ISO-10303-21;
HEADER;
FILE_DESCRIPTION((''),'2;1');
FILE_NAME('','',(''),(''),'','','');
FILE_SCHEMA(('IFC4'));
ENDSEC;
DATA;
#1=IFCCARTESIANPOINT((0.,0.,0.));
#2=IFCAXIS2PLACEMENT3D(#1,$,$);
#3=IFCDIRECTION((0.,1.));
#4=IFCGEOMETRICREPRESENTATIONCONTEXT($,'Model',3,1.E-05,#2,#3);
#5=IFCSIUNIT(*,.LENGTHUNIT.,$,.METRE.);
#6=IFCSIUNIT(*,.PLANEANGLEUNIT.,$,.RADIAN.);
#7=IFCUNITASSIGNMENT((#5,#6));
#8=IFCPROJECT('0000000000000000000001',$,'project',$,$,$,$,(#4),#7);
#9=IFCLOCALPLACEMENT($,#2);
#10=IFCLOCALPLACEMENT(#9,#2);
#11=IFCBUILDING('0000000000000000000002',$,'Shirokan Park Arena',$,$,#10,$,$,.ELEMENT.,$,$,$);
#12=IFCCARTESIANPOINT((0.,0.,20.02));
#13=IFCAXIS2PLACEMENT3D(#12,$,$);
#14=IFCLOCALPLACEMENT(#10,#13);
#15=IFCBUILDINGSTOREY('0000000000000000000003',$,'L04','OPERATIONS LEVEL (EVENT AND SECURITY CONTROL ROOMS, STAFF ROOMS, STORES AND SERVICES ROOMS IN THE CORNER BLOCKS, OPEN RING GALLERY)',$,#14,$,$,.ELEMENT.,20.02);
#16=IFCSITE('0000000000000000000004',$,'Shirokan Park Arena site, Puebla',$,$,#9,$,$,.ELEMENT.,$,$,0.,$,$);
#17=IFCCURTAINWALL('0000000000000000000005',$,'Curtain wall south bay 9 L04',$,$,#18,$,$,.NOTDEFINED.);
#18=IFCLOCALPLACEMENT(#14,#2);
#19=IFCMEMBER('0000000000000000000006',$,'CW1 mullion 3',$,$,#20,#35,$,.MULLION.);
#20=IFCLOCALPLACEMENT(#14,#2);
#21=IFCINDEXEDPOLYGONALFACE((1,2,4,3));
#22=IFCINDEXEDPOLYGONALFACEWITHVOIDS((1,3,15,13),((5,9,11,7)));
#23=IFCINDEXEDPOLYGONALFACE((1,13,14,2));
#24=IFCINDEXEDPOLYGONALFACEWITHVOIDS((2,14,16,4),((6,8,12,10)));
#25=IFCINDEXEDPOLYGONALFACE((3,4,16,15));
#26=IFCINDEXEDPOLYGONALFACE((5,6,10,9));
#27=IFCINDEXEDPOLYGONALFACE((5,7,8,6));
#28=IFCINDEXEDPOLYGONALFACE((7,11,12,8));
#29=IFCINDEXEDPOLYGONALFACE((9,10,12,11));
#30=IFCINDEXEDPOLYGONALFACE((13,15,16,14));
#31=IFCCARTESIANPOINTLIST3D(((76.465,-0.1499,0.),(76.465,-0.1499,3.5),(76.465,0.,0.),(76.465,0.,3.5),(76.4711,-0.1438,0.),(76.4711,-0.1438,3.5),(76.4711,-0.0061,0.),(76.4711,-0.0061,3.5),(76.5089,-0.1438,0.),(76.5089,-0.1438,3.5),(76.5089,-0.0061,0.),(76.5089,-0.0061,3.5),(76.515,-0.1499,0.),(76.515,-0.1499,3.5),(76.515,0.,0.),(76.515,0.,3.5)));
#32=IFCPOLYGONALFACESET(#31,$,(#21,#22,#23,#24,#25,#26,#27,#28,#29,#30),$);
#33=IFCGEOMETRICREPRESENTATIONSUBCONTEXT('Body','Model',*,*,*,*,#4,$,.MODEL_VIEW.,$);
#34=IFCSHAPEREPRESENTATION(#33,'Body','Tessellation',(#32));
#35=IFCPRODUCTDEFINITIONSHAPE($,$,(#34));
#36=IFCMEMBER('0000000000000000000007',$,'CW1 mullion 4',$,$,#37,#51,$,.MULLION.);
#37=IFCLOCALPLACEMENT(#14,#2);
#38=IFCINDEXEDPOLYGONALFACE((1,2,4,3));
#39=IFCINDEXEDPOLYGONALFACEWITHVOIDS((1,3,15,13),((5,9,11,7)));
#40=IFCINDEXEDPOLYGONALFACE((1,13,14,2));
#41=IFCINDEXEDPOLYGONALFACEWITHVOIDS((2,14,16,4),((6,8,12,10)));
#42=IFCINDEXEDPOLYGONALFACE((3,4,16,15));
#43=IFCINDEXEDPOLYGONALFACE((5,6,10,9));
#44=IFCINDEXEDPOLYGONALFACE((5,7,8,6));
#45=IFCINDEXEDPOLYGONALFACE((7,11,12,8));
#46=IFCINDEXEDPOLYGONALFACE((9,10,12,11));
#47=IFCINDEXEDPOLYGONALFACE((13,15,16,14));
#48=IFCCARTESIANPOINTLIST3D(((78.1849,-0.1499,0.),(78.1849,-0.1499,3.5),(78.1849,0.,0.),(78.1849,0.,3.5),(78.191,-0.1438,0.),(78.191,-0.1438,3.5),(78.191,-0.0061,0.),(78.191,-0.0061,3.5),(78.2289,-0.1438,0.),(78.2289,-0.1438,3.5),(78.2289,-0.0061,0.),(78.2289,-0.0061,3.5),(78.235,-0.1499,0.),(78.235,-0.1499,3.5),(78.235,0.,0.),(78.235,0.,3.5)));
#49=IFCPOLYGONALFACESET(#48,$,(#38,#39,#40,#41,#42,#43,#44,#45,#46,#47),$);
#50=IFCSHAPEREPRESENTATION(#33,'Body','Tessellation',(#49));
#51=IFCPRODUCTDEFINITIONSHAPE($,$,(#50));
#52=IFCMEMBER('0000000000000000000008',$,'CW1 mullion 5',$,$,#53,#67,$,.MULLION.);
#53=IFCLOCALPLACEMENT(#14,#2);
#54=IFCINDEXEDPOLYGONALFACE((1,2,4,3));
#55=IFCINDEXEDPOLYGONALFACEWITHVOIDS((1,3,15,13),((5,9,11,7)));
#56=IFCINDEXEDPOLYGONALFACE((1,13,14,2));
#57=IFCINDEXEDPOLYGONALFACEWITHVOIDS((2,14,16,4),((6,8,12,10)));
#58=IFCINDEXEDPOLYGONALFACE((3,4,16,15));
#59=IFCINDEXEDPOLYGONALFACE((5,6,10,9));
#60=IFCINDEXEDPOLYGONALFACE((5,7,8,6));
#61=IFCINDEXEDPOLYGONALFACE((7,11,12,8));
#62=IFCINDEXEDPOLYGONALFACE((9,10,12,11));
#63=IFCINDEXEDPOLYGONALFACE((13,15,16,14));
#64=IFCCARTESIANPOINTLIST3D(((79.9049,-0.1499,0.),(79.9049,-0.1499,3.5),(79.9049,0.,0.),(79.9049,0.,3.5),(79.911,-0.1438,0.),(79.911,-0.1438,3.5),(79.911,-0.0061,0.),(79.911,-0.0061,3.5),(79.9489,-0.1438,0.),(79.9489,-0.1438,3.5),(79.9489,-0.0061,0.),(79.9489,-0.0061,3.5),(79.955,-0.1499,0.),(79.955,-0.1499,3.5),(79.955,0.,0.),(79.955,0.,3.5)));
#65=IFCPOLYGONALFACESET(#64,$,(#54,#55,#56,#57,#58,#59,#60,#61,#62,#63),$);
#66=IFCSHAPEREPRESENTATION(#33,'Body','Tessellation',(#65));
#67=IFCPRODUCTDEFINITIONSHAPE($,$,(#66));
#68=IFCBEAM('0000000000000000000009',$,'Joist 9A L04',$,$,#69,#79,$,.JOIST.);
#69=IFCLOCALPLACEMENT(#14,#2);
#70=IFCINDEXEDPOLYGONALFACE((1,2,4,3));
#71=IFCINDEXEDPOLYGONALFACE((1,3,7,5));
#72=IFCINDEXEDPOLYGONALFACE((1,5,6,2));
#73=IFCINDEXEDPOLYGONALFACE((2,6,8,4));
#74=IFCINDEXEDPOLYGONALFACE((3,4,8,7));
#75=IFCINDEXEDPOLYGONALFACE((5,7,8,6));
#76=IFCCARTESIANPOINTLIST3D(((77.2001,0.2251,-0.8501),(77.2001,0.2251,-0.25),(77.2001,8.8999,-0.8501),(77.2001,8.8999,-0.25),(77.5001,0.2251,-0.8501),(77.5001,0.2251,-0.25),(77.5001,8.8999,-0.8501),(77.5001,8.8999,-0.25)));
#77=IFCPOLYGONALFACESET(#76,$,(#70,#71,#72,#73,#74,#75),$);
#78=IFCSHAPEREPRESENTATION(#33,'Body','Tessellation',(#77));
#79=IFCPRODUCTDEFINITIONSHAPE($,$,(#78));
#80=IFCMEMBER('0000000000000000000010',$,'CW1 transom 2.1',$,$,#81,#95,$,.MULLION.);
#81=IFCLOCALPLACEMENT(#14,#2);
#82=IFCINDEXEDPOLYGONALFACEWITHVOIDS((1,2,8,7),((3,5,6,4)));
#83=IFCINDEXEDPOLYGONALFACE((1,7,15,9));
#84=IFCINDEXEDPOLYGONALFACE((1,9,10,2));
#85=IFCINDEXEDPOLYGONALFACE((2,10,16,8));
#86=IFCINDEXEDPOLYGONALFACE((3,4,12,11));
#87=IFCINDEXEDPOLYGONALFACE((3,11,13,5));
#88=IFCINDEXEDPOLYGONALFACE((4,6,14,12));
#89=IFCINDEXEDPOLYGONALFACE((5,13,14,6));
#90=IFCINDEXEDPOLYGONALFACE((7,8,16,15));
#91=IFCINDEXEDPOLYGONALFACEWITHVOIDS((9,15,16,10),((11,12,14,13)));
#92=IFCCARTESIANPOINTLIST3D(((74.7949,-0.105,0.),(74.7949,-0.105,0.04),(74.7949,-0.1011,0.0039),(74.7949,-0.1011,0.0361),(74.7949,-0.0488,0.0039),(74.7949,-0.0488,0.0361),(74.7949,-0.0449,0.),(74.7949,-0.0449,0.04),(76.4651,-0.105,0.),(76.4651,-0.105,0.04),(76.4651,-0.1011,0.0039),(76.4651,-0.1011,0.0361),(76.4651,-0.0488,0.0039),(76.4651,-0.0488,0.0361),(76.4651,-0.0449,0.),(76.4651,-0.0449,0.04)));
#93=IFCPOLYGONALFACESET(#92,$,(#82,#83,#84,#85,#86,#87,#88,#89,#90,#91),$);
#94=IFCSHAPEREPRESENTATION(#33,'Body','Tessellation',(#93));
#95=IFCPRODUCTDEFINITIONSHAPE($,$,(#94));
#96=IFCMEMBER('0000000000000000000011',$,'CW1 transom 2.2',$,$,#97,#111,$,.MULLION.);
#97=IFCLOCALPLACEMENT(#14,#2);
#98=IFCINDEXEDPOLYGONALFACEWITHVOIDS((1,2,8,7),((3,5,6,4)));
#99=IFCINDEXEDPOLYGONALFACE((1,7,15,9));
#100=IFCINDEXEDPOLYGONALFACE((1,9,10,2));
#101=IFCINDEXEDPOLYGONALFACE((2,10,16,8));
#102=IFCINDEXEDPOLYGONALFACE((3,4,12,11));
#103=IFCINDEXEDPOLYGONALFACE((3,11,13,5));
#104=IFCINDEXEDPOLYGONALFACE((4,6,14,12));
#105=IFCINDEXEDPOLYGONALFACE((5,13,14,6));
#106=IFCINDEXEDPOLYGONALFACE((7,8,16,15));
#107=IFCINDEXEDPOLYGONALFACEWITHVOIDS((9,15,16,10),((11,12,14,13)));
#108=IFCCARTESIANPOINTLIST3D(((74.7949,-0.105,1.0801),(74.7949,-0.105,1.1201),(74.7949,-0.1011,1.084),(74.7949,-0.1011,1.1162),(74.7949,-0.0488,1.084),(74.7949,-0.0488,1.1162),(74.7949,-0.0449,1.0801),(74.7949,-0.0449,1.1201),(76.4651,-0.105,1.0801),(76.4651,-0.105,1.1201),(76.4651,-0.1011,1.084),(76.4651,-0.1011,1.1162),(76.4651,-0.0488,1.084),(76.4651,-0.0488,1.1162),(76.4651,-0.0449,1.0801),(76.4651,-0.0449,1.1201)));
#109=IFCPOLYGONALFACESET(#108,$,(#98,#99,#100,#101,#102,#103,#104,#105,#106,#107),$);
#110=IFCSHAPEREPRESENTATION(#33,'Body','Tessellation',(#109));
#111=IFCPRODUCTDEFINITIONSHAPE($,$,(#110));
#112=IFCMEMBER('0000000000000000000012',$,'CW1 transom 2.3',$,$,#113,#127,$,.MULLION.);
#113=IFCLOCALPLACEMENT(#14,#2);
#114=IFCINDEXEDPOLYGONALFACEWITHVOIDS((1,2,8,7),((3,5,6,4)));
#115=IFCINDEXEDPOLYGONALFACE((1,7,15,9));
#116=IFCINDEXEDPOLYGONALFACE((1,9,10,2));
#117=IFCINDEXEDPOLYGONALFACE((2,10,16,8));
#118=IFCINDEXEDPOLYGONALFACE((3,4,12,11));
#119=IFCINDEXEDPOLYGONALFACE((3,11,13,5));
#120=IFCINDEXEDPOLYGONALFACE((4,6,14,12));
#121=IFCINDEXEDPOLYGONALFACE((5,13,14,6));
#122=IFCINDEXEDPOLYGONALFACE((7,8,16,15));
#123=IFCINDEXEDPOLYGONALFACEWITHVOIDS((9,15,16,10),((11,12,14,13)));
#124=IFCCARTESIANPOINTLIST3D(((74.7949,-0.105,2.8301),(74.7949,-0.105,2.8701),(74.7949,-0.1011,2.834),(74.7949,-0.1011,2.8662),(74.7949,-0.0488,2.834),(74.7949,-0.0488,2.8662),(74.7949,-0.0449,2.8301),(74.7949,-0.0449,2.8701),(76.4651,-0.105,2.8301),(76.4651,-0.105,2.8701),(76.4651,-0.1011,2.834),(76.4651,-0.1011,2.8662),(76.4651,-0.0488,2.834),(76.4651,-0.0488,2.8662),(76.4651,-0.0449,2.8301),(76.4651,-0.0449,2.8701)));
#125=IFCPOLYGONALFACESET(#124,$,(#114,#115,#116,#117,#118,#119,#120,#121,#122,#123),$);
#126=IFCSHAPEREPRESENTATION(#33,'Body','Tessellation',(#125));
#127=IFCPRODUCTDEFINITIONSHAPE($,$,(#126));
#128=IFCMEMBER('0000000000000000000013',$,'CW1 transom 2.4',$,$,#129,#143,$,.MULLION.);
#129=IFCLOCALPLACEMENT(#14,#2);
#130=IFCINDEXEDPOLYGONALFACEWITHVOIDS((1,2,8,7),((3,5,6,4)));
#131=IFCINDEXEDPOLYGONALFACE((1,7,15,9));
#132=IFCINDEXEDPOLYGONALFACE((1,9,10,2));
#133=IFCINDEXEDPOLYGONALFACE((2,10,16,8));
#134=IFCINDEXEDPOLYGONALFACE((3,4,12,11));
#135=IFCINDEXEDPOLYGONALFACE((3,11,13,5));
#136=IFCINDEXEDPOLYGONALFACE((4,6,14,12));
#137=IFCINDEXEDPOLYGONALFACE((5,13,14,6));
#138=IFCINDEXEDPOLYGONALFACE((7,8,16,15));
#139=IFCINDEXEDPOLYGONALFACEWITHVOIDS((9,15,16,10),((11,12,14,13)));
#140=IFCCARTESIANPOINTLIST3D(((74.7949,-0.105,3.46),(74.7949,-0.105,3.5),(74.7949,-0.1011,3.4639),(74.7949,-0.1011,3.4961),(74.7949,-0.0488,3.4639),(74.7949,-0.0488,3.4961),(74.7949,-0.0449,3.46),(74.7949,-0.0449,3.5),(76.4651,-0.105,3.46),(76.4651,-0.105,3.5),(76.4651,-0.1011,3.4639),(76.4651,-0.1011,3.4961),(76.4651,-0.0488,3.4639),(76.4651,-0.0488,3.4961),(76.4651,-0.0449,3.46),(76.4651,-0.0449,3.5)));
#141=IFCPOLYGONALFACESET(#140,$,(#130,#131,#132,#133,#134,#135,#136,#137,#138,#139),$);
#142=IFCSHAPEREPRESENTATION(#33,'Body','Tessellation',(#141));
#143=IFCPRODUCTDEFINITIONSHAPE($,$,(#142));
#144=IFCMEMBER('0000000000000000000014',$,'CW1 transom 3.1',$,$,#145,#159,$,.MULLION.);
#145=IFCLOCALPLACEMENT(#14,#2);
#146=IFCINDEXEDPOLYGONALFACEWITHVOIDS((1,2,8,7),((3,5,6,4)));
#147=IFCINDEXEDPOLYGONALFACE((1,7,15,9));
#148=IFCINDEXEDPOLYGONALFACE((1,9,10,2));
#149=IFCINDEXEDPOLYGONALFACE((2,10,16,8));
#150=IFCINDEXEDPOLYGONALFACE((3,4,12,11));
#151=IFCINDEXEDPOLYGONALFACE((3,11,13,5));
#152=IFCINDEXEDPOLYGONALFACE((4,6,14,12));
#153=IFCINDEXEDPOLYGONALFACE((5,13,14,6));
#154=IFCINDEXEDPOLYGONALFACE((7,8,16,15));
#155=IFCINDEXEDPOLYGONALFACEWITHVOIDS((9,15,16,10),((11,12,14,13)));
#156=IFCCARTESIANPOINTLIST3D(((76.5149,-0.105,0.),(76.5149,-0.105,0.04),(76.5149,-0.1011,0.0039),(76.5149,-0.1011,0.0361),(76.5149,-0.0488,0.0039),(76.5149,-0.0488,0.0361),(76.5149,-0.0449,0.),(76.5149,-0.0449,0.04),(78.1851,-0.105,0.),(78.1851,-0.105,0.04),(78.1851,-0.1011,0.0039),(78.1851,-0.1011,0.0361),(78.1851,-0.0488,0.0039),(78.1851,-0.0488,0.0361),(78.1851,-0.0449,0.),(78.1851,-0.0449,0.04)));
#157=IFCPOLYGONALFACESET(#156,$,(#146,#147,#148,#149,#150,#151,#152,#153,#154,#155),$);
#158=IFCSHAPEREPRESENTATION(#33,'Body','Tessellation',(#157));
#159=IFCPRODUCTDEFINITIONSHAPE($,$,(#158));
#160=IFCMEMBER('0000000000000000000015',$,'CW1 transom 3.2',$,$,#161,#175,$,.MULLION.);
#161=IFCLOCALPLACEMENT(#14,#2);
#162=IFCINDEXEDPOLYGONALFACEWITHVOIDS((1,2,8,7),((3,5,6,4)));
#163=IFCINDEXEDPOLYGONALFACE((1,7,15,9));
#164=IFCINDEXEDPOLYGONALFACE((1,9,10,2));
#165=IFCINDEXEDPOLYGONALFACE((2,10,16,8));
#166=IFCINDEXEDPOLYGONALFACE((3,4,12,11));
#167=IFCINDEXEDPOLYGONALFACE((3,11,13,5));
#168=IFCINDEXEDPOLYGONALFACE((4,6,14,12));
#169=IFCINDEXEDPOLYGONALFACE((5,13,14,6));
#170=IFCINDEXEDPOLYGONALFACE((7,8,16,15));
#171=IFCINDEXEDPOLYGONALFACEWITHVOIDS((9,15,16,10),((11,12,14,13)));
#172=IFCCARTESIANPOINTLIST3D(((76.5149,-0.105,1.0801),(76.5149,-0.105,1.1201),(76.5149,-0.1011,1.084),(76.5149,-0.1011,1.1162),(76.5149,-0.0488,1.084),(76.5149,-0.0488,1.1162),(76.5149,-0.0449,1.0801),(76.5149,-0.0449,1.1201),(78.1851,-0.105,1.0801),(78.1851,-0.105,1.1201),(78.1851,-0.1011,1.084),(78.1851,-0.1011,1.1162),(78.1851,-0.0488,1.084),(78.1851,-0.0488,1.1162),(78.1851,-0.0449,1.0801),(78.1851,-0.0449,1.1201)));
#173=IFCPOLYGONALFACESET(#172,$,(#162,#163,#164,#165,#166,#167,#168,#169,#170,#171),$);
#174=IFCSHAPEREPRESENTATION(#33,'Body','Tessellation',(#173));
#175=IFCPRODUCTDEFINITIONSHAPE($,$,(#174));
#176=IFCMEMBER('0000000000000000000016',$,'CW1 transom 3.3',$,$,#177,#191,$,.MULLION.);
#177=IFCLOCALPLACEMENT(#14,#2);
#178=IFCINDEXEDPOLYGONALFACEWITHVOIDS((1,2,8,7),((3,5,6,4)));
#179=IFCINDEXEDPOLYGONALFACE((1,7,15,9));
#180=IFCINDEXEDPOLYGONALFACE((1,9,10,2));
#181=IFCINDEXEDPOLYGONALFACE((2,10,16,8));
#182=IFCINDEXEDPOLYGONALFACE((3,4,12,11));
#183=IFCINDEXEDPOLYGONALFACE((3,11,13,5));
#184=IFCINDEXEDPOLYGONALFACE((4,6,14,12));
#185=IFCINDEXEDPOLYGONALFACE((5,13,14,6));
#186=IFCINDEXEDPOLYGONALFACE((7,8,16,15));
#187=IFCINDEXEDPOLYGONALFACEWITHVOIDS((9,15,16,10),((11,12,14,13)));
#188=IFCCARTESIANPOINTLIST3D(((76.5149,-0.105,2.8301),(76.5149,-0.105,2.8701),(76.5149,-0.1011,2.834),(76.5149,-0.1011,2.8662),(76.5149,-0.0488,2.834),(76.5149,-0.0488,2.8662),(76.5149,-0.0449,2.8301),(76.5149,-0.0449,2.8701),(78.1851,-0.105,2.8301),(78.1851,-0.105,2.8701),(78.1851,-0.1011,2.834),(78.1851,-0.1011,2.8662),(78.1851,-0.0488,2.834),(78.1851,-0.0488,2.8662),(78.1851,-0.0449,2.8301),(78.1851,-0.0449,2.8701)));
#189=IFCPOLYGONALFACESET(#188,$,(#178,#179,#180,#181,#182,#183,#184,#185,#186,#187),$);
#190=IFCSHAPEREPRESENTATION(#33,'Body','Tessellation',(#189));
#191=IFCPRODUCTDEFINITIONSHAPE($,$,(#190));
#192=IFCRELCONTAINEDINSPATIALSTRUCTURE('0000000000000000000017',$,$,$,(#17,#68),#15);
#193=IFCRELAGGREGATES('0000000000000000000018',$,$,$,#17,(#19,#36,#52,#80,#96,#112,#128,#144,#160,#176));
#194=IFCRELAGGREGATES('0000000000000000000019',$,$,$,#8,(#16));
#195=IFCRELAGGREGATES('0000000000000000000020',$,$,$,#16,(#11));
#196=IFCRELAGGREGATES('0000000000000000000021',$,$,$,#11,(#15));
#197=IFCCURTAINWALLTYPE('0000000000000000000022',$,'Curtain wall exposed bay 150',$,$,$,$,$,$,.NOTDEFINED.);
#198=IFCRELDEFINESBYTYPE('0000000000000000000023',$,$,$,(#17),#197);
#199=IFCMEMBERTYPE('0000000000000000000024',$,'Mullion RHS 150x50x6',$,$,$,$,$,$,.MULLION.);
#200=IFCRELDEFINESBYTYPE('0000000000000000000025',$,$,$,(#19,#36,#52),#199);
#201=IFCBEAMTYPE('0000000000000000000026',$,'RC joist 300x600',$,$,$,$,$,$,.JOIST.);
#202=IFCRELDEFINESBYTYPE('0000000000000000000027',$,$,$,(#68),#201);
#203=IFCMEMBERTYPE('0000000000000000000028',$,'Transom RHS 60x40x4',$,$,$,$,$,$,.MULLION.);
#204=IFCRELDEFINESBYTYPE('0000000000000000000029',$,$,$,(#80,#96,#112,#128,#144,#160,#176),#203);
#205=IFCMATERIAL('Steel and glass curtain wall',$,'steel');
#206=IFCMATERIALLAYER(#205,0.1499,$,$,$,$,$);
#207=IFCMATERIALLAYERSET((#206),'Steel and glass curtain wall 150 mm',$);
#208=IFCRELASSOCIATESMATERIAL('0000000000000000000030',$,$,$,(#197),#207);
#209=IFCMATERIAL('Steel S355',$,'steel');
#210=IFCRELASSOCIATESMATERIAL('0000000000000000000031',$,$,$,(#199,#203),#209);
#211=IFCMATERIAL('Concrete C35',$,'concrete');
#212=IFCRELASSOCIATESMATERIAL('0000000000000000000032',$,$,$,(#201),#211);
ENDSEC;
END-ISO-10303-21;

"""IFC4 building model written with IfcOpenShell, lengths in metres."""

from ifc_helpers import new_model, si_unit, direction, frame, origin, origin_2d, place, context, subcontext, project, spatial, rectangle, hollow_rectangle, extrude, material, layer, layer_set, material_profile, profile_set, type_object, element, aggregate, save


model = new_model("IFC4")

# Units and contexts
model_context = context("Model", 3, precision=1e-05, world=origin(), true_north=direction((0.0, 1.0)))
body_context = subcontext(model_context, "Body", "Model", "MODEL_VIEW")
ifc_project = project(units=[si_unit("LENGTHUNIT", "METRE"), si_unit("PLANEANGLEUNIT", "RADIAN")], contexts=[model_context])

# Site, building, storey
site_placement = place(None, origin())
site = spatial("IfcSite", under=ifc_project, at=site_placement, Name="Shirokan Park Arena site, Puebla", CompositionType="ELEMENT", RefElevation=0.0)
building_placement = place(site_placement, origin())
building = spatial("IfcBuilding", under=site, at=building_placement, Name="Shirokan Park Arena", CompositionType="ELEMENT")
storey_placement = place(building_placement, frame((0.0, 0.0, 20.02)))
storey = spatial("IfcBuildingStorey", under=building, at=storey_placement, Name="L04", Description="OPERATIONS LEVEL (EVENT AND SECURITY CONTROL ROOMS, STAFF ROOMS, STORES AND SERVICES ROOMS IN THE CORNER BLOCKS, OPEN RING GALLERY)", CompositionType="ELEMENT", Elevation=20.02)

# Curtain wall, members
ifc_material_1 = material(Name="Steel and glass curtain wall", Category="steel")
ifc_layer_1 = layer(ifc_material_1, 0.1499)
ifc_layer_set_1 = layer_set([ifc_layer_1], Name="Steel and glass curtain wall 150 mm")
curtain_wall_type = type_object("IfcCurtainWallType", Name="Curtain wall exposed bay 150", PredefinedType="NOTDEFINED", material=ifc_layer_set_1)
curtain_wall_placement = place(storey_placement, origin())
curtain_wall = element("IfcCurtainWall", 1, at=curtain_wall_placement, inside=storey, type_object=curtain_wall_type, Name="Curtain wall south bay 9 L04", PredefinedType="NOTDEFINED")
ifc_material_2 = material(Name="Steel S355", Category="steel")
ifc_material_profile_1 = material_profile(ifc_material_2, hollow_rectangle(XDim=0.1499, YDim=0.05, WallThickness=0.0061, at=origin_2d()), Name="RHS 150x50x6")
ifc_profile_set_1 = profile_set([ifc_material_profile_1], Name="Steel S355")
member_type_1 = type_object("IfcMemberType", Name="Mullion RHS 150x50x6", PredefinedType="MULLION", material=ifc_profile_set_1)
member_1_placement = place(storey_placement, frame((76.49, -0.075, 0.0), z_axis=(0.0, 0.0, 1.0), x_axis=(0.0, 1.0, 0.0)))
member_1 = element("IfcMember", 2, at=member_1_placement, type_object=member_type_1, Name="CW1 mullion 3", PredefinedType="MULLION", context=body_context, shape_type="SweptSolid", body=[
    extrude(hollow_rectangle(XDim=0.1499, YDim=0.05, WallThickness=0.0061, at=origin_2d()), origin(), (0.0, 0.0, 1.0), 3.5),
])
member_2_placement = place(storey_placement, frame((78.21, -0.075, 0.0), z_axis=(0.0, 0.0, 1.0), x_axis=(0.0, 1.0, 0.0)))
member_2 = element("IfcMember", 3, at=member_2_placement, type_object=member_type_1, Name="CW1 mullion 4", PredefinedType="MULLION", context=body_context, shape_type="SweptSolid", body=[
    extrude(hollow_rectangle(XDim=0.1499, YDim=0.05, WallThickness=0.0061, at=origin_2d()), origin(), (0.0, 0.0, 1.0), 3.5),
])
member_3_placement = place(storey_placement, frame((79.9299, -0.075, 0.0), z_axis=(0.0, 0.0, 1.0), x_axis=(0.0, 1.0, 0.0)))
member_3 = element("IfcMember", 4, at=member_3_placement, type_object=member_type_1, Name="CW1 mullion 5", PredefinedType="MULLION", context=body_context, shape_type="SweptSolid", body=[
    extrude(hollow_rectangle(XDim=0.1499, YDim=0.05, WallThickness=0.0061, at=origin_2d()), origin(), (0.0, 0.0, 1.0), 3.5),
])

# Beam
ifc_material_3 = material(Name="Concrete C35", Category="concrete")
ifc_material_profile_2 = material_profile(ifc_material_3, rectangle(XDim=0.3, YDim=0.6001, at=origin_2d()), Name="300x600")
ifc_profile_set_2 = profile_set([ifc_material_profile_2], Name="Concrete C35")
beam_type = type_object("IfcBeamType", Name="RC joist 300x600", PredefinedType="JOIST", material=ifc_profile_set_2)
beam_placement = place(storey_placement, frame((77.3501, 0.2251, -0.55), z_axis=(0.0, 1.0, 0.0), x_axis=(-1.0, 0.0, 0.0)))
element("IfcBeam", 5, at=beam_placement, inside=storey, type_object=beam_type, Name="Joist 9A L04", PredefinedType="JOIST", context=body_context, shape_type="SweptSolid", body=[
    extrude(rectangle(XDim=0.3, YDim=0.6001, at=origin_2d()), origin(), (0.0, 0.0, 1.0), 8.6748),
])

# Members
ifc_material_profile_3 = material_profile(ifc_material_2, hollow_rectangle(XDim=0.0601, YDim=0.04, WallThickness=0.0039, at=origin_2d()), Name="RHS 60x40x4")
ifc_profile_set_3 = profile_set([ifc_material_profile_3], Name="Steel S355")
member_type_2 = type_object("IfcMemberType", Name="Transom RHS 60x40x4", PredefinedType="MULLION", material=ifc_profile_set_3)
member_4_placement = place(storey_placement, frame((74.7949, -0.075, 0.02), z_axis=(1.0, 0.0, 0.0), x_axis=(0.0, 1.0, 0.0)))
member_4 = element("IfcMember", 6, at=member_4_placement, type_object=member_type_2, Name="CW1 transom 2.1", PredefinedType="MULLION", context=body_context, shape_type="SweptSolid", body=[
    extrude(hollow_rectangle(XDim=0.0601, YDim=0.04, WallThickness=0.0039, at=origin_2d()), origin(), (0.0, 0.0, 1.0), 1.6702),
])
member_5_placement = place(storey_placement, frame((74.7949, -0.075, 1.1001), z_axis=(1.0, 0.0, 0.0), x_axis=(0.0, 1.0, 0.0)))
member_5 = element("IfcMember", 7, at=member_5_placement, type_object=member_type_2, Name="CW1 transom 2.2", PredefinedType="MULLION", context=body_context, shape_type="SweptSolid", body=[
    extrude(hollow_rectangle(XDim=0.0601, YDim=0.04, WallThickness=0.0039, at=origin_2d()), origin(), (0.0, 0.0, 1.0), 1.6702),
])
member_6_placement = place(storey_placement, frame((74.7949, -0.075, 2.8501), z_axis=(1.0, 0.0, 0.0), x_axis=(0.0, 1.0, 0.0)))
member_6 = element("IfcMember", 8, at=member_6_placement, type_object=member_type_2, Name="CW1 transom 2.3", PredefinedType="MULLION", context=body_context, shape_type="SweptSolid", body=[
    extrude(hollow_rectangle(XDim=0.0601, YDim=0.04, WallThickness=0.0039, at=origin_2d()), origin(), (0.0, 0.0, 1.0), 1.6702),
])
member_7_placement = place(storey_placement, frame((74.7949, -0.075, 3.48), z_axis=(1.0, 0.0, 0.0), x_axis=(0.0, 1.0, 0.0)))
member_7 = element("IfcMember", 9, at=member_7_placement, type_object=member_type_2, Name="CW1 transom 2.4", PredefinedType="MULLION", context=body_context, shape_type="SweptSolid", body=[
    extrude(hollow_rectangle(XDim=0.0601, YDim=0.04, WallThickness=0.0039, at=origin_2d()), origin(), (0.0, 0.0, 1.0), 1.6702),
])
member_8_placement = place(storey_placement, frame((76.5149, -0.075, 0.02), z_axis=(1.0, 0.0, 0.0), x_axis=(0.0, 1.0, 0.0)))
member_8 = element("IfcMember", 10, at=member_8_placement, type_object=member_type_2, Name="CW1 transom 3.1", PredefinedType="MULLION", context=body_context, shape_type="SweptSolid", body=[
    extrude(hollow_rectangle(XDim=0.0601, YDim=0.04, WallThickness=0.0039, at=origin_2d()), origin(), (0.0, 0.0, 1.0), 1.6702),
])
member_9_placement = place(storey_placement, frame((76.5149, -0.075, 1.1001), z_axis=(1.0, 0.0, 0.0), x_axis=(0.0, 1.0, 0.0)))
member_9 = element("IfcMember", 11, at=member_9_placement, type_object=member_type_2, Name="CW1 transom 3.2", PredefinedType="MULLION", context=body_context, shape_type="SweptSolid", body=[
    extrude(hollow_rectangle(XDim=0.0601, YDim=0.04, WallThickness=0.0039, at=origin_2d()), origin(), (0.0, 0.0, 1.0), 1.6702),
])
member_10_placement = place(storey_placement, frame((76.5149, -0.075, 2.8501), z_axis=(1.0, 0.0, 0.0), x_axis=(0.0, 1.0, 0.0)))
member_10 = element("IfcMember", 12, at=member_10_placement, type_object=member_type_2, Name="CW1 transom 3.3", PredefinedType="MULLION", context=body_context, shape_type="SweptSolid", body=[
    extrude(hollow_rectangle(XDim=0.0601, YDim=0.04, WallThickness=0.0039, at=origin_2d()), origin(), (0.0, 0.0, 1.0), 1.6702),
])

aggregate(curtain_wall, [member_1, member_2, member_3, member_4, member_5, member_6, member_7, member_8, member_9, member_10])

save(model, "model.ifc")
